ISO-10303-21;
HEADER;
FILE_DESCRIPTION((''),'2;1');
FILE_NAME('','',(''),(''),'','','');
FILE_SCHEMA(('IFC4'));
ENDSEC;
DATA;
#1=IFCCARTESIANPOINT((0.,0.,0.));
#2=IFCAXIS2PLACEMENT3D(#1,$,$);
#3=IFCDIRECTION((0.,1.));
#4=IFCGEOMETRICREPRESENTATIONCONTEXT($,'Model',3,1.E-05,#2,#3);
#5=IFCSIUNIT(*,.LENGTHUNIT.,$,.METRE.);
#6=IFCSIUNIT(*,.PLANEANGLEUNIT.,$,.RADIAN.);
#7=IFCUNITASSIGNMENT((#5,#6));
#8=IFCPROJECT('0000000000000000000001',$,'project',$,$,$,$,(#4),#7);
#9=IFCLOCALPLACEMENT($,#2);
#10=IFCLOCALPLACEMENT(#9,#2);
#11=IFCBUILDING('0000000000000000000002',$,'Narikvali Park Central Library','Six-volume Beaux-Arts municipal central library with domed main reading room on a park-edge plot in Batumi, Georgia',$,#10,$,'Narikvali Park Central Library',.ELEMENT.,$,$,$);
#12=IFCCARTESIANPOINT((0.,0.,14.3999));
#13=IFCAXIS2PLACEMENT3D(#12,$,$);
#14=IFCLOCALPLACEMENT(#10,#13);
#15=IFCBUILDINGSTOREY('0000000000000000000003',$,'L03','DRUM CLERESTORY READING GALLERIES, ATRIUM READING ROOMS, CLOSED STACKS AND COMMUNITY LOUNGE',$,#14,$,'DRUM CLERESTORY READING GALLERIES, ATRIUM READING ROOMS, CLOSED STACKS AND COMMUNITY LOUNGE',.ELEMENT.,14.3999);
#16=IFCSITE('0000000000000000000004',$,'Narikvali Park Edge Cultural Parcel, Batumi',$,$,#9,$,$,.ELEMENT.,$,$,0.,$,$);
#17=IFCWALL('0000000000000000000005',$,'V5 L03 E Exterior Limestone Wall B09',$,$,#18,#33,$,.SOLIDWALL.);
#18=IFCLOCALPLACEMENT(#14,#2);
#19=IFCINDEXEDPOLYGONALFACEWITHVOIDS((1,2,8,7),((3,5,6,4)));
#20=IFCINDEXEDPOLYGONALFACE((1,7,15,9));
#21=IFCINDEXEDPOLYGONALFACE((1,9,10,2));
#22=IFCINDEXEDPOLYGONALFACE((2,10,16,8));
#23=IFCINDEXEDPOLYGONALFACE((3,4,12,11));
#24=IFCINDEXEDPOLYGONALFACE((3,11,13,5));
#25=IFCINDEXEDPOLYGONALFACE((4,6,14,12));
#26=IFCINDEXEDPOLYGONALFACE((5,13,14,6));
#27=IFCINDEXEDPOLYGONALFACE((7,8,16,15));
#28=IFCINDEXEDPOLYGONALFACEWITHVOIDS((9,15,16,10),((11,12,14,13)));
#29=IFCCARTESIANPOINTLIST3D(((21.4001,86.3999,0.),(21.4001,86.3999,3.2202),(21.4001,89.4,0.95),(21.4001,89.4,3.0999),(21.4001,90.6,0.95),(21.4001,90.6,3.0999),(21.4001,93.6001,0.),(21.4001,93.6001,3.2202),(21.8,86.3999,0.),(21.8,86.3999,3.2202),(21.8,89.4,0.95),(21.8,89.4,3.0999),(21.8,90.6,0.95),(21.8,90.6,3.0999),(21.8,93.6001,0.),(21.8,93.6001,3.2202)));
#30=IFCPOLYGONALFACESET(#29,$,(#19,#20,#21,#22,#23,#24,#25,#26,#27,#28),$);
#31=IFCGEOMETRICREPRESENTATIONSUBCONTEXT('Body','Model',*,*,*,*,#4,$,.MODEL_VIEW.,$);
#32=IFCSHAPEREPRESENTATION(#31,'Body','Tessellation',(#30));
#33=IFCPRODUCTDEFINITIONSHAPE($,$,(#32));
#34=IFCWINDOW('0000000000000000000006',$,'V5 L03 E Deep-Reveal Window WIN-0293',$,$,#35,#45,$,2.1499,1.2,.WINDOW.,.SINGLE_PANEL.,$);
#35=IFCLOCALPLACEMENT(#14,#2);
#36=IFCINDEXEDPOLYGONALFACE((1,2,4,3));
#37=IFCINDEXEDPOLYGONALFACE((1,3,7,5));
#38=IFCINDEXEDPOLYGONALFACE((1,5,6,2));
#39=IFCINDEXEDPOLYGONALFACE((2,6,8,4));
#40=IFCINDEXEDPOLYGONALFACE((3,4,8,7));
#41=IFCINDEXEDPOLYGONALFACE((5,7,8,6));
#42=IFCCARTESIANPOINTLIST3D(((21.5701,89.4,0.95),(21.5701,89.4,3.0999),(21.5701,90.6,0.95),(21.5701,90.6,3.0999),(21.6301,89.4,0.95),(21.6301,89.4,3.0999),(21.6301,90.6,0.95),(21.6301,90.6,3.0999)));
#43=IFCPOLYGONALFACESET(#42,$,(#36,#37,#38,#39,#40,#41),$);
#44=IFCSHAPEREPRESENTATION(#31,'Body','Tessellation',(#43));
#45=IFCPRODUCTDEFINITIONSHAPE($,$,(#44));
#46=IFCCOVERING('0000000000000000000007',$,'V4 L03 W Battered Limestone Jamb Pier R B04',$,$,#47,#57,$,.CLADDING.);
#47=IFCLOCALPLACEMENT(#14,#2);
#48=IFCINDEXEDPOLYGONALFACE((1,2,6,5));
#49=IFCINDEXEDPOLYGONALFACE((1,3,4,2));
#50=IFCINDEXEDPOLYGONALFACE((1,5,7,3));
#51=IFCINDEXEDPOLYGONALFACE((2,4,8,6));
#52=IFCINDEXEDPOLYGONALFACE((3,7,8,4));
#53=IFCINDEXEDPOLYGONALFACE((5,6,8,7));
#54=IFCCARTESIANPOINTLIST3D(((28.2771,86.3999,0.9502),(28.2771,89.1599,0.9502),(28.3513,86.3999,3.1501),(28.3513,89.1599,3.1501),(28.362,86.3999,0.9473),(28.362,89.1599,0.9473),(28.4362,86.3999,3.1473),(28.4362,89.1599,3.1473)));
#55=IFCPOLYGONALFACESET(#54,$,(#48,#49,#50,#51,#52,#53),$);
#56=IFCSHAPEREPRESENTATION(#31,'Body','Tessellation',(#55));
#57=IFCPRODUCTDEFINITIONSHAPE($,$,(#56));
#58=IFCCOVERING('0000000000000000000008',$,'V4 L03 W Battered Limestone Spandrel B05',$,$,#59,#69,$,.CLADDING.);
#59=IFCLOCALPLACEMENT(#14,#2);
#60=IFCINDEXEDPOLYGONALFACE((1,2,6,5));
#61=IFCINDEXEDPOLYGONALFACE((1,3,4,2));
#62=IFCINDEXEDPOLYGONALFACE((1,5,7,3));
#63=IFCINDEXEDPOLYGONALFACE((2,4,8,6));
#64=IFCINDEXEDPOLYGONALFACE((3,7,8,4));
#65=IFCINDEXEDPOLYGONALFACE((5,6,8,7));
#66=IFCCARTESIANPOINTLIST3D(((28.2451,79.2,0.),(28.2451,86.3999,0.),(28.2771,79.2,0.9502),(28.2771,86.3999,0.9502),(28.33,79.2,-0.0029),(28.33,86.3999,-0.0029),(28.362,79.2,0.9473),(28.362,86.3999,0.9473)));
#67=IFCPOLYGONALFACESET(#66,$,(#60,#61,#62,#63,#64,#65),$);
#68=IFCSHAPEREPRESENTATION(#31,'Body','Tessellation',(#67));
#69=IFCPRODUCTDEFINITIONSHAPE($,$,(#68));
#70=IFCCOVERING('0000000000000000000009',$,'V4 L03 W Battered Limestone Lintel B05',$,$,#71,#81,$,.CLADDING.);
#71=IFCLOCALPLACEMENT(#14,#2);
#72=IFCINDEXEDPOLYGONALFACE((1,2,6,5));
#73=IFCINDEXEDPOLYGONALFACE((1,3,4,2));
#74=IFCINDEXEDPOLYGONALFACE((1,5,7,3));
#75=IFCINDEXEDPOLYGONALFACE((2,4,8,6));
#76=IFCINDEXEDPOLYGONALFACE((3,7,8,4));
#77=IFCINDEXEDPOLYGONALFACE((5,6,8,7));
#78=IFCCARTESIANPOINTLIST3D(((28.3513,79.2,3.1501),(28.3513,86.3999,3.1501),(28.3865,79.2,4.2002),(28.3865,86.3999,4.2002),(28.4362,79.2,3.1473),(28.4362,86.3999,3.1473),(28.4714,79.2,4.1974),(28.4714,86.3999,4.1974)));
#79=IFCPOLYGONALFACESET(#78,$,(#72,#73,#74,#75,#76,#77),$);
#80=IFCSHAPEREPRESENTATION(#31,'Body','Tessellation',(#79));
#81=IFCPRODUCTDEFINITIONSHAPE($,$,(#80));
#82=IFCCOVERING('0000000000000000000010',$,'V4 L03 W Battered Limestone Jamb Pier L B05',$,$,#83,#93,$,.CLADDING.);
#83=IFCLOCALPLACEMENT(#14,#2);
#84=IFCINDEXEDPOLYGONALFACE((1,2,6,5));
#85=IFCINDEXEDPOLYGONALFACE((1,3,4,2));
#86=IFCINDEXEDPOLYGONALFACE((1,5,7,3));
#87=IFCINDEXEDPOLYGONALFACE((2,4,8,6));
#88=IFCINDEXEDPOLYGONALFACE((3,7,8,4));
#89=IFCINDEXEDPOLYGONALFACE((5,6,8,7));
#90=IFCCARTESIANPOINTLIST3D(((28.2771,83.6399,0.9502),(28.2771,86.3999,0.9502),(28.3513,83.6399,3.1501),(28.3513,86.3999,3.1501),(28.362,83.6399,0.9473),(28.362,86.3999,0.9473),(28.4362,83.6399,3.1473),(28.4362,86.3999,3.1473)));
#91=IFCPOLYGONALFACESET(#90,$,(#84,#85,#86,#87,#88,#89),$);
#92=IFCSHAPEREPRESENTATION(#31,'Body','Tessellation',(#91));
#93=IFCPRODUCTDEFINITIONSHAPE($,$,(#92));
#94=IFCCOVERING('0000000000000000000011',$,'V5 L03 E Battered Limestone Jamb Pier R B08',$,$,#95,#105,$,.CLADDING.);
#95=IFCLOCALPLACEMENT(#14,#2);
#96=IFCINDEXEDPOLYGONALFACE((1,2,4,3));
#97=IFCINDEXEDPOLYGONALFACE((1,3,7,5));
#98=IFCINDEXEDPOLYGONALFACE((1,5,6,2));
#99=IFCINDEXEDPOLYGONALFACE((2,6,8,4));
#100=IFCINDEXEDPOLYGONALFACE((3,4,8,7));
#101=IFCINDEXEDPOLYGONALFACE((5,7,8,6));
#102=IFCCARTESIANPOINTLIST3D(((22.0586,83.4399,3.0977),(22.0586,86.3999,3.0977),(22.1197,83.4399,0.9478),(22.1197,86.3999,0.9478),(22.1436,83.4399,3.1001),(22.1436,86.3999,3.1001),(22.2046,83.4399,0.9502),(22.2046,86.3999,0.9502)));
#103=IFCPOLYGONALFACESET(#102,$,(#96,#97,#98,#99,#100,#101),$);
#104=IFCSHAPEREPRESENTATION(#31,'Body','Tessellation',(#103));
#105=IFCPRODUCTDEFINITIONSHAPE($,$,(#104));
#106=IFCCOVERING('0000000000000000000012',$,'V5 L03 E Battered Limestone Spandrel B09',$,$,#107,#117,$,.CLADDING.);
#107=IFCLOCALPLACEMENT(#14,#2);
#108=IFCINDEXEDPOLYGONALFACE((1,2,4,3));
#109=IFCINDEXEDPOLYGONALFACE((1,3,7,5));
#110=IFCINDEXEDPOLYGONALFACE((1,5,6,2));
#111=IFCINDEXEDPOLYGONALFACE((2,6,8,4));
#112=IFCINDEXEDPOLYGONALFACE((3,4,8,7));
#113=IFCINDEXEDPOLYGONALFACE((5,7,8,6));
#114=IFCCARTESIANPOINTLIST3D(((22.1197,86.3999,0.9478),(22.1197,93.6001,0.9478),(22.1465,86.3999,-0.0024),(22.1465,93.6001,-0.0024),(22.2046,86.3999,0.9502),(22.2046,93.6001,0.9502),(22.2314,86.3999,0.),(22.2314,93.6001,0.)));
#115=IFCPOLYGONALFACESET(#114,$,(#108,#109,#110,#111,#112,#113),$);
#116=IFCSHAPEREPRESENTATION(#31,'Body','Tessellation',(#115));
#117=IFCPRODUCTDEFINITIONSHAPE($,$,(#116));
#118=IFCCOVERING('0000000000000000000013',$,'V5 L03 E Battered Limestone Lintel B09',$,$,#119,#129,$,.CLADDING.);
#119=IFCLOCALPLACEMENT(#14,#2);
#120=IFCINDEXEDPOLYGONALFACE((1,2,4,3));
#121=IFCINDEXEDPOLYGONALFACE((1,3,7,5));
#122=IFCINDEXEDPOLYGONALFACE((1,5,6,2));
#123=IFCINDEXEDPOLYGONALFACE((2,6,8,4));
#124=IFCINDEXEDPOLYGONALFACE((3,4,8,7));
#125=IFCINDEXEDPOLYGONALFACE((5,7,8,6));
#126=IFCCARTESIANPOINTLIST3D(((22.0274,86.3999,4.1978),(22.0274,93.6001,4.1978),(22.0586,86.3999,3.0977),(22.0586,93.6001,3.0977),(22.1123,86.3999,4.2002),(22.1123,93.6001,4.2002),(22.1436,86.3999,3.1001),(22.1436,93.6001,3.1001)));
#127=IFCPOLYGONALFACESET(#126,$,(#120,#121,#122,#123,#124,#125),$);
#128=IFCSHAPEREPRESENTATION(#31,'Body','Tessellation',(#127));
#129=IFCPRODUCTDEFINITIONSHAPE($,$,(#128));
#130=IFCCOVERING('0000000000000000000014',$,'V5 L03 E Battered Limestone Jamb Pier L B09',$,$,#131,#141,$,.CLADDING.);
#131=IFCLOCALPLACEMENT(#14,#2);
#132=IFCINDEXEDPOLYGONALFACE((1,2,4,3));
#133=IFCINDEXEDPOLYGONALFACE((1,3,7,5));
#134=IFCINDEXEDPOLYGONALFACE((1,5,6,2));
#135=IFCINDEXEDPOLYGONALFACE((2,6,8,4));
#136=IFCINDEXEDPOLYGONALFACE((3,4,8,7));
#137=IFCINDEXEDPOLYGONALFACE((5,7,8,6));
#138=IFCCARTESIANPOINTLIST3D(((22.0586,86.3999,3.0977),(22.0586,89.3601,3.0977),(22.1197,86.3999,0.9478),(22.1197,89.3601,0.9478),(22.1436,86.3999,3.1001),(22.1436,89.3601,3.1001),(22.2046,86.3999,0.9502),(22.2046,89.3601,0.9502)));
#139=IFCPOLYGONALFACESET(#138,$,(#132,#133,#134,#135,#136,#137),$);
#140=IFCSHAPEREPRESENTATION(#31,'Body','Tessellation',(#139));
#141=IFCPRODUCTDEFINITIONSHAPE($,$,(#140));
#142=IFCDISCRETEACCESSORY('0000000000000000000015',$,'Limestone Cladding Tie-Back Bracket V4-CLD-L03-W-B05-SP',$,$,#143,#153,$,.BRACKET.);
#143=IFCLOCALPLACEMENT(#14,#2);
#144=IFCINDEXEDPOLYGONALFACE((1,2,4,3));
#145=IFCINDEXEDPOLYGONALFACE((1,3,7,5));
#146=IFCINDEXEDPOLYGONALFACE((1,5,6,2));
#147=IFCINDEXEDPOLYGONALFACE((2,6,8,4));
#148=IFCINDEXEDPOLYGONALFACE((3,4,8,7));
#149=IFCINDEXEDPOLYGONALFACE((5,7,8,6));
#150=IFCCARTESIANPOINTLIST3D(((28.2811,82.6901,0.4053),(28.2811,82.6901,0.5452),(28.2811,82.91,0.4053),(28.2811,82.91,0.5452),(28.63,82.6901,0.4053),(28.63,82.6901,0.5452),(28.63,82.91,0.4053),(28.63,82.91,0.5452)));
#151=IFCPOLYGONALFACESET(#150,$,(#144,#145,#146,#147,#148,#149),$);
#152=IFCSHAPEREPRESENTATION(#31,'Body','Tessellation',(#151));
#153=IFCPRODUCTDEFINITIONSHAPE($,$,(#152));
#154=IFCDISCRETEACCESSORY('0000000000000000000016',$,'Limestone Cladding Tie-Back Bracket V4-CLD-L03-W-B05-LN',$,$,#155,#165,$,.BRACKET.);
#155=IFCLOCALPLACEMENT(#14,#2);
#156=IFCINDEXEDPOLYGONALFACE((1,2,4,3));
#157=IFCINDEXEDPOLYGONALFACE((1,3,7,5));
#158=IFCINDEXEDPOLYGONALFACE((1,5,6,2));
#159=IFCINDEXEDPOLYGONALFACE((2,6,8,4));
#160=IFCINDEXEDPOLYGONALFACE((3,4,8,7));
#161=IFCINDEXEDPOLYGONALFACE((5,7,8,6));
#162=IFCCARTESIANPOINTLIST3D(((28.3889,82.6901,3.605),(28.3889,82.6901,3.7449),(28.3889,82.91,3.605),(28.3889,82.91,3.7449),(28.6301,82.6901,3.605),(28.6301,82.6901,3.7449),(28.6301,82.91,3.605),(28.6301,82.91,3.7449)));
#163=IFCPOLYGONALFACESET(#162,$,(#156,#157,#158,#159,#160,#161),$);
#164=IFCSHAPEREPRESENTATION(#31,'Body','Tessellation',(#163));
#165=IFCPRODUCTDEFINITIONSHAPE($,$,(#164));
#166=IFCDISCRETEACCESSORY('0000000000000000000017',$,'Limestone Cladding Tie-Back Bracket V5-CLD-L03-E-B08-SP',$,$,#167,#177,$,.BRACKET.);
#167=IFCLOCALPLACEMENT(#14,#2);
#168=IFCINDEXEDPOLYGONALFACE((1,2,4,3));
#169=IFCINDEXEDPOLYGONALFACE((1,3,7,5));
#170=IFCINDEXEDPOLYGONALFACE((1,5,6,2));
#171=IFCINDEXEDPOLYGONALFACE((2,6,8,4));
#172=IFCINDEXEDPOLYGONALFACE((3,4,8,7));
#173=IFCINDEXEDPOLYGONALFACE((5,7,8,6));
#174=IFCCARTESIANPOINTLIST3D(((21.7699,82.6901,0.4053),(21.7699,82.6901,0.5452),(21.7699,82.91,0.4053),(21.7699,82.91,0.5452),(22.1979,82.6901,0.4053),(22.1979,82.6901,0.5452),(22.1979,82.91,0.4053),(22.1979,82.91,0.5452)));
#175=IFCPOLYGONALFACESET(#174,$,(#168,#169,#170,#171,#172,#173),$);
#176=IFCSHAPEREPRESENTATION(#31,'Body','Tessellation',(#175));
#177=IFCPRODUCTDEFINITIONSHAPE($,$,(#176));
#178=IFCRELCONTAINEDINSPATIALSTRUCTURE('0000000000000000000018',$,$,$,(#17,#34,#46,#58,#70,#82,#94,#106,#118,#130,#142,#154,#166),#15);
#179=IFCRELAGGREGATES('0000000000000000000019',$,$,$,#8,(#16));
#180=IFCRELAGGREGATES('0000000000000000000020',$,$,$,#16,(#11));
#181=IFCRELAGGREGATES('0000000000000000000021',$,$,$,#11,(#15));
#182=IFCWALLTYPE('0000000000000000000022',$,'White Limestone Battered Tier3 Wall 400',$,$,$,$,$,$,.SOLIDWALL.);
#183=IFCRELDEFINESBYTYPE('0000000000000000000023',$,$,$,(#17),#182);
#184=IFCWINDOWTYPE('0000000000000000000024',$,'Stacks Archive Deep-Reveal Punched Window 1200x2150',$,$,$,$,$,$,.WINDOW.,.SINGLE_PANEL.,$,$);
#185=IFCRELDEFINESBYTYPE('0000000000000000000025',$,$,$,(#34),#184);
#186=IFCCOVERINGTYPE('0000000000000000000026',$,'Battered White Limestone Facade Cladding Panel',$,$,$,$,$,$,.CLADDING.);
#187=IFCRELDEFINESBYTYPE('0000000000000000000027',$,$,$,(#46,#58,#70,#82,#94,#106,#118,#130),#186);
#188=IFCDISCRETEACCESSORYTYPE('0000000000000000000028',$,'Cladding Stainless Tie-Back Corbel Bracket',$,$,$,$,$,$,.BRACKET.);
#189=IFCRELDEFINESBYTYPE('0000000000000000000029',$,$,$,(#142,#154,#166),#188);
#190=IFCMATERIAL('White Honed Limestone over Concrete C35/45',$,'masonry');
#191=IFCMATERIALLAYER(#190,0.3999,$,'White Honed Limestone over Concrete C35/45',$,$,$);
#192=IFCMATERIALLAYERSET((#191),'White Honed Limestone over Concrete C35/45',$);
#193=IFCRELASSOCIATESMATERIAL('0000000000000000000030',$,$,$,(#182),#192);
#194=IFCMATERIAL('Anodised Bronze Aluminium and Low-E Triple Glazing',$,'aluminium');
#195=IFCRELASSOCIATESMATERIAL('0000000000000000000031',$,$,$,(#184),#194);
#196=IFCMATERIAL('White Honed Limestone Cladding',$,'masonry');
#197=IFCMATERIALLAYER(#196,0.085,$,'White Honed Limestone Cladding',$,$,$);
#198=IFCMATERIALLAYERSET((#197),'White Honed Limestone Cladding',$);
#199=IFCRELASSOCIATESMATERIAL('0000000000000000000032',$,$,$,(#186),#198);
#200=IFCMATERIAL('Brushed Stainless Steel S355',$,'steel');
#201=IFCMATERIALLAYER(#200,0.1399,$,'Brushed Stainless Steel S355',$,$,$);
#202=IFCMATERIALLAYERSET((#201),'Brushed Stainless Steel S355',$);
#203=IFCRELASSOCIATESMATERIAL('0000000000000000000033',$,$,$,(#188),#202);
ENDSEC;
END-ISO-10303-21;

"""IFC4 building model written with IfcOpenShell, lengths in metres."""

from ifc_helpers import new_model, si_unit, direction, frame, frame_2d, origin, origin_2d, place, context, subcontext, project, spatial, polyline, rectangle, outline, extrude, material, layer, layer_set, type_object, element, fill, save


model = new_model("IFC4")

# Units and contexts
model_context = context("Model", 3, precision=1e-05, world=origin(), true_north=direction((0.0, 1.0)))
body_context = subcontext(model_context, "Body", "Model", "MODEL_VIEW")
ifc_project = project(units=[si_unit("LENGTHUNIT", "METRE"), si_unit("PLANEANGLEUNIT", "RADIAN")], contexts=[model_context])

# Site, building, storey
site_placement = place(None, origin())
site = spatial("IfcSite", under=ifc_project, at=site_placement, Name="Narikvali Park Edge Cultural Parcel, Batumi", CompositionType="ELEMENT", RefElevation=0.0)
building_placement = place(site_placement, origin())
building = spatial("IfcBuilding", under=site, at=building_placement, Name="Narikvali Park Central Library", Description="Six-volume Beaux-Arts municipal central library with domed main reading room on a park-edge plot in Batumi, Georgia", LongName="Narikvali Park Central Library", CompositionType="ELEMENT")
storey_placement = place(building_placement, frame((0.0, 0.0, 14.3999)))
storey = spatial("IfcBuildingStorey", under=building, at=storey_placement, Name="L03", Description="DRUM CLERESTORY READING GALLERIES, ATRIUM READING ROOMS, CLOSED STACKS AND COMMUNITY LOUNGE", LongName="DRUM CLERESTORY READING GALLERIES, ATRIUM READING ROOMS, CLOSED STACKS AND COMMUNITY LOUNGE", CompositionType="ELEMENT", Elevation=14.3999)

# Wall, opening, window
ifc_material_1 = material(Name="White Honed Limestone over Concrete C35/45", Category="masonry")
ifc_layer_1 = layer(ifc_material_1, 0.3999, Name="White Honed Limestone over Concrete C35/45")
ifc_layer_set_1 = layer_set([ifc_layer_1], Name="White Honed Limestone over Concrete C35/45")
wall_type = type_object("IfcWallType", Name="White Limestone Battered Tier3 Wall 400", PredefinedType="SOLIDWALL", material=ifc_layer_set_1)
wall_placement = place(storey_placement, frame((21.6001, 86.3999, 0.0), z_axis=(0.0, 0.0, 1.0), x_axis=(0.0, 1.0, 0.0)))
wall = element("IfcWall", 1, at=wall_placement, inside=storey, type_object=wall_type, Name="V5 L03 E Exterior Limestone Wall B09", PredefinedType="SOLIDWALL", context=body_context, shape_type="SweptSolid", body=[
    extrude(rectangle(XDim=7.2002, YDim=0.3999, at=frame_2d((3.6001, 0.0))), origin(), (0.0, 0.0, 1.0), 3.2202),
])
opening_placement = place(wall_placement, frame((3.0, 0.0, 0.95)))
opening = element("IfcOpeningElement", 2, at=opening_placement, cuts=wall, PredefinedType="OPENING", context=body_context, shape_type="SweptSolid", body=[
    extrude(rectangle(XDim=1.2, YDim=2.1499, at=frame_2d((0.6001, 1.075))), frame((0.0, 0.2119, 0.0), z_axis=(0.0, -1.0, 0.0), x_axis=(1.0, 0.0, 0.0)), (0.0, 0.0, 1.0), 0.4238),
])
ifc_material_2 = material(Name="Anodised Bronze Aluminium and Low-E Triple Glazing", Category="aluminium")
window_type = type_object("IfcWindowType", Name="Stacks Archive Deep-Reveal Punched Window 1200x2150", PartitioningType="SINGLE_PANEL", PredefinedType="WINDOW", material=ifc_material_2)
window_placement = place(opening_placement, origin())
window = element("IfcWindow", 3, at=window_placement, inside=storey, type_object=window_type, Name="V5 L03 E Deep-Reveal Window WIN-0293", OverallHeight=2.1499, OverallWidth=1.2, PartitioningType="SINGLE_PANEL", PredefinedType="WINDOW", context=body_context, shape_type="SweptSolid", body=[
    extrude(rectangle(XDim=1.2, YDim=2.1499, at=frame_2d((0.6001, 1.075))), frame((0.0, 0.03, 0.0), z_axis=(0.0, -1.0, 0.0), x_axis=(1.0, 0.0, 0.0)), (0.0, 0.0, 1.0), 0.0601),
])
fill(opening, window)

# Coverings
ifc_material_3 = material(Name="White Honed Limestone Cladding", Category="masonry")
ifc_layer_2 = layer(ifc_material_3, 0.085, Name="White Honed Limestone Cladding")
ifc_layer_set_2 = layer_set([ifc_layer_2], Name="White Honed Limestone Cladding")
covering_type = type_object("IfcCoveringType", Name="Battered White Limestone Facade Cladding Panel", PredefinedType="CLADDING", material=ifc_layer_set_2)
covering_1_placement = place(storey_placement, frame((28.2771, 89.1599, 0.9502), z_axis=(-0.999431, 0.0, 0.033717), x_axis=(0.0, -1.0, 0.0)))
element("IfcCovering", 4, at=covering_1_placement, inside=storey, type_object=covering_type, Name="V4 L03 W Battered Limestone Jamb Pier R B04", PredefinedType="CLADDING", context=body_context, shape_type="SweptSolid", body=[
    extrude(outline(polyline([(0.0, 0.0), (2.76, 0.0), (2.76, 2.2012), (0.0, 2.2012), (0.0, 0.0)])), origin(), (0.0, 0.0, -1.0), 0.085),
])
covering_2_placement = place(storey_placement, frame((28.2451, 86.3999, 0.0), z_axis=(-0.999434, 0.0, 0.03364), x_axis=(0.0, -1.0, 0.0)))
element("IfcCovering", 5, at=covering_2_placement, inside=storey, type_object=covering_type, Name="V4 L03 W Battered Limestone Spandrel B05", PredefinedType="CLADDING", context=body_context, shape_type="SweptSolid", body=[
    extrude(outline(polyline([(0.0, 0.0), (7.2, 0.0), (7.2, 0.9507), (0.0, 0.9507), (0.0, 0.0)])), origin(), (0.0, 0.0, -1.0), 0.085),
])
covering_3_placement = place(storey_placement, frame((28.3513, 86.3999, 3.1501), z_axis=(-0.99944, 0.0, 0.033462), x_axis=(0.0, -1.0, 0.0)))
element("IfcCovering", 6, at=covering_3_placement, inside=storey, type_object=covering_type, Name="V4 L03 W Battered Limestone Lintel B05", PredefinedType="CLADDING", context=body_context, shape_type="SweptSolid", body=[
    extrude(outline(polyline([(0.0, 0.0), (7.2, 0.0), (7.2, 1.0506), (0.0, 1.0506), (0.0, 0.0)])), origin(), (0.0, 0.0, -1.0), 0.085),
])
covering_4_placement = place(storey_placement, frame((28.2771, 86.3999, 0.9502), z_axis=(-0.999431, 0.0, 0.033717), x_axis=(0.0, -1.0, 0.0)))
element("IfcCovering", 7, at=covering_4_placement, inside=storey, type_object=covering_type, Name="V4 L03 W Battered Limestone Jamb Pier L B05", PredefinedType="CLADDING", context=body_context, shape_type="SweptSolid", body=[
    extrude(outline(polyline([(0.0, 0.0), (2.76, 0.0), (2.76, 2.2012), (0.0, 2.2012), (0.0, 0.0)])), origin(), (0.0, 0.0, -1.0), 0.085),
])
covering_5_placement = place(storey_placement, frame((22.2046, 83.4399, 0.9502), z_axis=(0.999597, 0.0, 0.028378), x_axis=(0.0, 1.0, 0.0)))
element("IfcCovering", 8, at=covering_5_placement, inside=storey, type_object=covering_type, Name="V5 L03 E Battered Limestone Jamb Pier R B08", PredefinedType="CLADDING", context=body_context, shape_type="SweptSolid", body=[
    extrude(outline(polyline([(0.0, 0.0), (2.96, 0.0), (2.96, 2.1508), (0.0, 2.1508), (0.0, 0.0)])), origin(), (0.0, 0.0, -1.0), 0.085),
])
covering_6_placement = place(storey_placement, frame((22.2314, 86.3999, 0.0), z_axis=(0.999601, 0.0, 0.028252), x_axis=(0.0, 1.0, 0.0)))
element("IfcCovering", 9, at=covering_6_placement, inside=storey, type_object=covering_type, Name="V5 L03 E Battered Limestone Spandrel B09", PredefinedType="CLADDING", context=body_context, shape_type="SweptSolid", body=[
    extrude(outline(polyline([(0.0, 0.0), (7.2002, 0.0), (7.2002, 0.9506), (0.0, 0.9506), (0.0, 0.0)])), origin(), (0.0, 0.0, -1.0), 0.085),
])
covering_7_placement = place(storey_placement, frame((22.1436, 86.3999, 3.1001), z_axis=(0.999597, 0.0, 0.028395), x_axis=(0.0, 1.0, 0.0)))
element("IfcCovering", 10, at=covering_7_placement, inside=storey, type_object=covering_type, Name="V5 L03 E Battered Limestone Lintel B09", PredefinedType="CLADDING", context=body_context, shape_type="SweptSolid", body=[
    extrude(outline(polyline([(0.0, 0.0), (7.2002, 0.0), (7.2002, 1.1005), (0.0, 1.1005), (0.0, 0.0)])), origin(), (0.0, 0.0, -1.0), 0.085),
])
covering_8_placement = place(storey_placement, frame((22.2046, 86.3999, 0.9502), z_axis=(0.999597, 0.0, 0.028378), x_axis=(0.0, 1.0, 0.0)))
element("IfcCovering", 11, at=covering_8_placement, inside=storey, type_object=covering_type, Name="V5 L03 E Battered Limestone Jamb Pier L B09", PredefinedType="CLADDING", context=body_context, shape_type="SweptSolid", body=[
    extrude(outline(polyline([(0.0, 0.0), (2.9602, 0.0), (2.9602, 2.1508), (0.0, 2.1508), (0.0, 0.0)])), origin(), (0.0, 0.0, -1.0), 0.085),
])

# Discrete accessories
ifc_material_4 = material(Name="Brushed Stainless Steel S355", Category="steel")
ifc_layer_3 = layer(ifc_material_4, 0.1399, Name="Brushed Stainless Steel S355")
ifc_layer_set_3 = layer_set([ifc_layer_3], Name="Brushed Stainless Steel S355")
discrete_accessory_type = type_object("IfcDiscreteAccessoryType", Name="Cladding Stainless Tie-Back Corbel Bracket", PredefinedType="BRACKET", material=ifc_layer_set_3)
discrete_accessory_1_placement = place(storey_placement, frame((28.4556, 82.8, 0.4053), z_axis=(0.0, 0.0, 1.0), x_axis=(1.0, 0.0, 0.0)))
element("IfcDiscreteAccessory", 12, at=discrete_accessory_1_placement, inside=storey, type_object=discrete_accessory_type, Name="Limestone Cladding Tie-Back Bracket V4-CLD-L03-W-B05-SP", PredefinedType="BRACKET", context=body_context, shape_type="SweptSolid", body=[
    extrude(rectangle(XDim=0.3489, YDim=0.22, at=origin_2d()), origin(), (0.0, 0.0, 1.0), 0.1399),
])
discrete_accessory_2_placement = place(storey_placement, frame((28.5095, 82.8, 3.605), z_axis=(0.0, 0.0, 1.0), x_axis=(1.0, 0.0, 0.0)))
element("IfcDiscreteAccessory", 13, at=discrete_accessory_2_placement, inside=storey, type_object=discrete_accessory_type, Name="Limestone Cladding Tie-Back Bracket V4-CLD-L03-W-B05-LN", PredefinedType="BRACKET", context=body_context, shape_type="SweptSolid", body=[
    extrude(rectangle(XDim=0.2412, YDim=0.22, at=origin_2d()), origin(), (0.0, 0.0, 1.0), 0.1399),
])
discrete_accessory_3_placement = place(storey_placement, frame((21.9839, 82.8, 0.4053), z_axis=(0.0, 0.0, 1.0), x_axis=(1.0, 0.0, 0.0)))
element("IfcDiscreteAccessory", 14, at=discrete_accessory_3_placement, inside=storey, type_object=discrete_accessory_type, Name="Limestone Cladding Tie-Back Bracket V5-CLD-L03-E-B08-SP", PredefinedType="BRACKET", context=body_context, shape_type="SweptSolid", body=[
    extrude(rectangle(XDim=0.428, YDim=0.22, at=origin_2d()), origin(), (0.0, 0.0, 1.0), 0.1399),
])

save(model, "model.ifc")
